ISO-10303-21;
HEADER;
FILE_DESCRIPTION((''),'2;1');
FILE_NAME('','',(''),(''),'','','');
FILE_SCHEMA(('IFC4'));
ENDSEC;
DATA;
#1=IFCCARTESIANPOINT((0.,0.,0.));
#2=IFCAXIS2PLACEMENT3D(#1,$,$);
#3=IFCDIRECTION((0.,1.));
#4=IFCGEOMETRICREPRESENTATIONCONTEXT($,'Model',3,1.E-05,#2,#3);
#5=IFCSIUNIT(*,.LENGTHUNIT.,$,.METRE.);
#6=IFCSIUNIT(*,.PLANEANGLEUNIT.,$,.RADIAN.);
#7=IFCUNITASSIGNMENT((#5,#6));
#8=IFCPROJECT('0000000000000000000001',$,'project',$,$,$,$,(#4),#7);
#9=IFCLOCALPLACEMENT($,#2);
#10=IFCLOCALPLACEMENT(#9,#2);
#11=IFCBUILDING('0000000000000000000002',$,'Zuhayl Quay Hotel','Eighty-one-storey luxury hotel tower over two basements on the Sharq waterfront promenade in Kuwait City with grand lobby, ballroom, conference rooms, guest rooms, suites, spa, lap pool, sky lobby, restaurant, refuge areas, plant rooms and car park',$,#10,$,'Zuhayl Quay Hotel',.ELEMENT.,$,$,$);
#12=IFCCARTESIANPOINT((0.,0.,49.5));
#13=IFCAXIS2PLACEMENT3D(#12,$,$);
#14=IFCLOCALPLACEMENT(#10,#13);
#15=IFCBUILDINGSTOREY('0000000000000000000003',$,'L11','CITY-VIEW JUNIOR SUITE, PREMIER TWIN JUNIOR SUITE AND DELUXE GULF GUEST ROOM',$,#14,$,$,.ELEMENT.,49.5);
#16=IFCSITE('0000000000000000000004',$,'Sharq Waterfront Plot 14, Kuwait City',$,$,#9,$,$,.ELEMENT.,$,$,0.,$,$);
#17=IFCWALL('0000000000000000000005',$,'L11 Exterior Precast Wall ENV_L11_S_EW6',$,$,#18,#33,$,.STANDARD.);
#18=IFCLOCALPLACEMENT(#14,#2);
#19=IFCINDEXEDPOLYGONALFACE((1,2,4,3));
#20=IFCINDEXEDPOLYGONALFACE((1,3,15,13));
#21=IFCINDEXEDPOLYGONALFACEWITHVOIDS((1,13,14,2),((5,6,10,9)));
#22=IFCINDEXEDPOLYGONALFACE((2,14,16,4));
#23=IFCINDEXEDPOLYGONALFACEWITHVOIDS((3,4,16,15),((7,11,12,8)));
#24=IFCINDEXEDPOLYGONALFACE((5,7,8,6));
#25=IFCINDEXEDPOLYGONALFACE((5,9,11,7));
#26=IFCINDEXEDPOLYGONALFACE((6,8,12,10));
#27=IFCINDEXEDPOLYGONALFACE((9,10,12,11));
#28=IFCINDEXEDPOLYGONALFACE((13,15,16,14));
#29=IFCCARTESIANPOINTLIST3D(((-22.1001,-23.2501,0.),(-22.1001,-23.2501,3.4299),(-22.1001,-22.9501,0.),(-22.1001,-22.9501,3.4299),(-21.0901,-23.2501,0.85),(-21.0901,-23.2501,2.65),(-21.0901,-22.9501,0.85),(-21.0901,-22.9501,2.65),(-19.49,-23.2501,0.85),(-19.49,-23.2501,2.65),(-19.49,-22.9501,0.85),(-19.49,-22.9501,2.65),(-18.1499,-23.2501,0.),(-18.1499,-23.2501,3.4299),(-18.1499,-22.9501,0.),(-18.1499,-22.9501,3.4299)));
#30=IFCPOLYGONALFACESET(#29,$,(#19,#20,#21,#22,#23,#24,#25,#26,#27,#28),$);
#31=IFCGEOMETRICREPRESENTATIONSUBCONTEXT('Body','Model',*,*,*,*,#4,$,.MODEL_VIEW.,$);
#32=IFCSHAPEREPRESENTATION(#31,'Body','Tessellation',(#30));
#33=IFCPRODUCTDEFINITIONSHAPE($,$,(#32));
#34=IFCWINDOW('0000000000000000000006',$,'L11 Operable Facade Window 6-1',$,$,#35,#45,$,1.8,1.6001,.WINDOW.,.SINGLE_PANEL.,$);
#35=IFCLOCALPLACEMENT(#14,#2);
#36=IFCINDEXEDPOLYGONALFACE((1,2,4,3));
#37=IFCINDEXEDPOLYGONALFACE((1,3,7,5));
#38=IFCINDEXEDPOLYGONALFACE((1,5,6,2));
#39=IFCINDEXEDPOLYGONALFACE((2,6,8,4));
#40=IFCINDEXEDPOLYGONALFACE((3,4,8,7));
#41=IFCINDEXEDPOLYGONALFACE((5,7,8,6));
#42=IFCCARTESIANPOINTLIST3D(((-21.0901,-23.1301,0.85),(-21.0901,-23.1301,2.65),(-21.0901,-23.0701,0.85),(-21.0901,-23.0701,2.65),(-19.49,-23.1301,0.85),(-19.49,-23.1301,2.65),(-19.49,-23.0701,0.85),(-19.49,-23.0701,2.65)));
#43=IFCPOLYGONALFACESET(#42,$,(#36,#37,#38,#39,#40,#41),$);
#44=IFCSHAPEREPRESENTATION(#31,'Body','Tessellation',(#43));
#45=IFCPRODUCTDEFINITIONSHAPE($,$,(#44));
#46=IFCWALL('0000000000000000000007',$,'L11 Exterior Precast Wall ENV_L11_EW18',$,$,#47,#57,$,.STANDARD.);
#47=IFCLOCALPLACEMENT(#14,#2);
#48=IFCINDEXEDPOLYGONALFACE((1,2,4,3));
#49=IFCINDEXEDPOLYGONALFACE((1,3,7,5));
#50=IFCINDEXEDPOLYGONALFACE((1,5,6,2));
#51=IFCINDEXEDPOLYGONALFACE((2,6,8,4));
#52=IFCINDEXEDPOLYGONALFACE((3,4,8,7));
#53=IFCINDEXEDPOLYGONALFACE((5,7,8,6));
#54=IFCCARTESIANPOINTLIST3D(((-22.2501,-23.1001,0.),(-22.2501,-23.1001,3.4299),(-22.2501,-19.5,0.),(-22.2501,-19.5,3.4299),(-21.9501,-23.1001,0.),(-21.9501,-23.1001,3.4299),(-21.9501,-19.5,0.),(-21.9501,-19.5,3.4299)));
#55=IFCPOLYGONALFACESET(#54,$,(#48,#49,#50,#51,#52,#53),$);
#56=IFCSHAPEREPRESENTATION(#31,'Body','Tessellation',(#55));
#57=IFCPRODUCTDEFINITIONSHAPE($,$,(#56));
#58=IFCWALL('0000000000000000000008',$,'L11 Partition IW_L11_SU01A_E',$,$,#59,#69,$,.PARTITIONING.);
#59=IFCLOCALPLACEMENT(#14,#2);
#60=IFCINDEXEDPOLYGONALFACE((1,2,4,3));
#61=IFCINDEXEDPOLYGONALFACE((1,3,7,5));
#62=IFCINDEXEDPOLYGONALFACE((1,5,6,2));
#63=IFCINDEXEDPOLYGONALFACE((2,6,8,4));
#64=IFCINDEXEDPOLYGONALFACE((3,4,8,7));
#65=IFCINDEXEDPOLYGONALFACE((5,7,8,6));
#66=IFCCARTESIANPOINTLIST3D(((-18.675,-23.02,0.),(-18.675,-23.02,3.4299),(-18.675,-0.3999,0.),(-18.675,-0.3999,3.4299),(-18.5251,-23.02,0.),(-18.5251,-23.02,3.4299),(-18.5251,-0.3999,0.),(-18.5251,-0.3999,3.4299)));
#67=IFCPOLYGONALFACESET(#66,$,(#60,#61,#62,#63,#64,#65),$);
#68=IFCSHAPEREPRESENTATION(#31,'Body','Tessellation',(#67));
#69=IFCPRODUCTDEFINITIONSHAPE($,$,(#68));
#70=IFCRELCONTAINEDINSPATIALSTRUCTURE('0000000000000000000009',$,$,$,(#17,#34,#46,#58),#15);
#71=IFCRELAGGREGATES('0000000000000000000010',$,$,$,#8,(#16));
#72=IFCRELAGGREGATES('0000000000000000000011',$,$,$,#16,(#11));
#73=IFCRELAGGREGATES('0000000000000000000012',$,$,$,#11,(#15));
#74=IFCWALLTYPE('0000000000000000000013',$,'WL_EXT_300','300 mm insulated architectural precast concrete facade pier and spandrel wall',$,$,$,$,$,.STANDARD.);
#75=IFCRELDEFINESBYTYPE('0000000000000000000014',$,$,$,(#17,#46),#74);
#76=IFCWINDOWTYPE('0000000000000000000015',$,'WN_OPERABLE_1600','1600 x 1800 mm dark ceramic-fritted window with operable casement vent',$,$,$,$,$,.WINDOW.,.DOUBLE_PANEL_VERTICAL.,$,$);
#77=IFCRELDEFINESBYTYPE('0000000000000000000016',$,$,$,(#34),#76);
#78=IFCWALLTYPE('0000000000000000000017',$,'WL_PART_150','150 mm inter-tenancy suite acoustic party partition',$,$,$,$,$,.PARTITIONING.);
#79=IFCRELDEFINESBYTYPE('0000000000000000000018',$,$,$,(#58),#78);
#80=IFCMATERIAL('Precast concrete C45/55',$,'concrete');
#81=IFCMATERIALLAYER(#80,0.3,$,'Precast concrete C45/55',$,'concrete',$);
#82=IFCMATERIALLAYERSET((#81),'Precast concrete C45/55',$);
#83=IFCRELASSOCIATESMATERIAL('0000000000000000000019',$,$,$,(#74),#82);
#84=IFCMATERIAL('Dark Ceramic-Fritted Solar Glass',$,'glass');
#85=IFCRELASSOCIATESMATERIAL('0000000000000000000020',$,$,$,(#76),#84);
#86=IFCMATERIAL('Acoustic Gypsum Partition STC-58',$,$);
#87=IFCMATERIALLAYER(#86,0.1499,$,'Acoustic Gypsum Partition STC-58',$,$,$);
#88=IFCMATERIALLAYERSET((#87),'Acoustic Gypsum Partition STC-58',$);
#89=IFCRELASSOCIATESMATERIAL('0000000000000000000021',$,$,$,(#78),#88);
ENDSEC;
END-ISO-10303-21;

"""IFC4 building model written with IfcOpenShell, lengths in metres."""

from ifc_helpers import new_model, si_unit, direction, frame, frame_2d, origin, place, context, subcontext, project, spatial, rectangle, extrude, material, layer, layer_set, type_object, element, fill, save


model = new_model("IFC4")

# Units and contexts
model_context = context("Model", 3, precision=1e-05, world=origin(), true_north=direction((0.0, 1.0)))
body_context = subcontext(model_context, "Body", "Model", "MODEL_VIEW")
ifc_project = project(units=[si_unit("LENGTHUNIT", "METRE"), si_unit("PLANEANGLEUNIT", "RADIAN")], contexts=[model_context])

# Site, building, storey
site_placement = place(None, origin())
site = spatial("IfcSite", under=ifc_project, at=site_placement, Name="Sharq Waterfront Plot 14, Kuwait City", CompositionType="ELEMENT", RefElevation=0.0)
building_placement = place(site_placement, origin())
building = spatial("IfcBuilding", under=site, at=building_placement, Name="Zuhayl Quay Hotel", Description="Eighty-one-storey luxury hotel tower over two basements on the Sharq waterfront promenade in Kuwait City with grand lobby, ballroom, conference rooms, guest rooms, suites, spa, lap pool, sky lobby, restaurant, refuge areas, plant rooms and car park", LongName="Zuhayl Quay Hotel", CompositionType="ELEMENT")
storey_placement = place(building_placement, frame((0.0, 0.0, 49.5)))
storey = spatial("IfcBuildingStorey", under=building, at=storey_placement, Name="L11", Description="CITY-VIEW JUNIOR SUITE, PREMIER TWIN JUNIOR SUITE AND DELUXE GULF GUEST ROOM", CompositionType="ELEMENT", Elevation=49.5)

# Shared definitions
ifc_material_1 = material(Name="Dark Ceramic-Fritted Solar Glass", Category="glass")

# Shared definitions
ifc_material_2 = material(Name="Precast concrete C45/55", Category="concrete")
ifc_layer_1 = layer(ifc_material_2, 0.3, Name="Precast concrete C45/55", Category="concrete")
ifc_layer_set_1 = layer_set([ifc_layer_1], Name="Precast concrete C45/55")
wall_type_1 = type_object("IfcWallType", Name="WL_EXT_300", Description="300 mm insulated architectural precast concrete facade pier and spandrel wall", PredefinedType="STANDARD", material=ifc_layer_set_1)

# Wall, opening, window
wall_1_placement = place(storey_placement, frame((-18.1499, -23.1001, 0.0), z_axis=(0.0, 0.0, 1.0), x_axis=(-1.0, 0.0, 0.0)))
wall_1 = element("IfcWall", 1, at=wall_1_placement, inside=storey, type_object=wall_type_1, Name="L11 Exterior Precast Wall ENV_L11_S_EW6", PredefinedType="STANDARD", context=body_context, shape_type="SweptSolid", body=[
    extrude(rectangle(XDim=3.9502, YDim=0.3, at=frame_2d((1.9751, 0.0))), origin(), (0.0, 0.0, 1.0), 3.4299),
])
opening_placement = place(wall_1_placement, frame((1.3401, 0.0, 0.8501)))
opening = element("IfcOpeningElement", 2, at=opening_placement, cuts=wall_1, PredefinedType="OPENING", context=body_context, shape_type="SweptSolid", body=[
    extrude(rectangle(XDim=1.6001, YDim=1.8, at=frame_2d((0.8, 0.8999))), frame((0.0, 0.1599, 0.0), z_axis=(0.0, -1.0, 0.0), x_axis=(1.0, 0.0, 0.0)), (0.0, 0.0, 1.0), 0.3201),
])
window_type = type_object("IfcWindowType", Name="WN_OPERABLE_1600", Description="1600 x 1800 mm dark ceramic-fritted window with operable casement vent", PartitioningType="DOUBLE_PANEL_VERTICAL", PredefinedType="WINDOW", material=ifc_material_1)
window_placement = place(opening_placement, origin())
window = element("IfcWindow", 3, at=window_placement, inside=storey, type_object=window_type, Name="L11 Operable Facade Window 6-1", OverallHeight=1.8, OverallWidth=1.6001, PartitioningType="SINGLE_PANEL", PredefinedType="WINDOW", context=body_context, shape_type="SweptSolid", body=[
    extrude(rectangle(XDim=1.6001, YDim=1.8, at=frame_2d((0.8, 0.8999))), frame((0.0, 0.03, 0.0), z_axis=(0.0, -1.0, 0.0), x_axis=(1.0, 0.0, 0.0)), (0.0, 0.0, 1.0), 0.0601),
])
fill(opening, window)

# Walls
wall_2_placement = place(storey_placement, frame((-22.1001, -23.1001, 0.0), z_axis=(0.0, 0.0, 1.0), x_axis=(0.0, 1.0, 0.0)))
element("IfcWall", 4, at=wall_2_placement, inside=storey, type_object=wall_type_1, Name="L11 Exterior Precast Wall ENV_L11_EW18", PredefinedType="STANDARD", context=body_context, shape_type="SweptSolid", body=[
    extrude(rectangle(XDim=3.6001, YDim=0.3, at=frame_2d((1.8, 0.0))), origin(), (0.0, 0.0, 1.0), 3.4299),
])
ifc_material_3 = material(Name="Acoustic Gypsum Partition STC-58")
ifc_layer_2 = layer(ifc_material_3, 0.1499, Name="Acoustic Gypsum Partition STC-58")
ifc_layer_set_2 = layer_set([ifc_layer_2], Name="Acoustic Gypsum Partition STC-58")
wall_type_2 = type_object("IfcWallType", Name="WL_PART_150", Description="150 mm inter-tenancy suite acoustic party partition", PredefinedType="PARTITIONING", material=ifc_layer_set_2)
wall_3_placement = place(storey_placement, frame((-18.6001, -23.02, 0.0), z_axis=(0.0, 0.0, 1.0), x_axis=(0.0, 1.0, 0.0)))
element("IfcWall", 5, at=wall_3_placement, inside=storey, type_object=wall_type_2, Name="L11 Partition IW_L11_SU01A_E", PredefinedType="PARTITIONING", context=body_context, shape_type="SweptSolid", body=[
    extrude(rectangle(XDim=22.6201, YDim=0.1499, at=frame_2d((11.3101, 0.0))), origin(), (0.0, 0.0, 1.0), 3.4299),
])

save(model, "model.ifc")
